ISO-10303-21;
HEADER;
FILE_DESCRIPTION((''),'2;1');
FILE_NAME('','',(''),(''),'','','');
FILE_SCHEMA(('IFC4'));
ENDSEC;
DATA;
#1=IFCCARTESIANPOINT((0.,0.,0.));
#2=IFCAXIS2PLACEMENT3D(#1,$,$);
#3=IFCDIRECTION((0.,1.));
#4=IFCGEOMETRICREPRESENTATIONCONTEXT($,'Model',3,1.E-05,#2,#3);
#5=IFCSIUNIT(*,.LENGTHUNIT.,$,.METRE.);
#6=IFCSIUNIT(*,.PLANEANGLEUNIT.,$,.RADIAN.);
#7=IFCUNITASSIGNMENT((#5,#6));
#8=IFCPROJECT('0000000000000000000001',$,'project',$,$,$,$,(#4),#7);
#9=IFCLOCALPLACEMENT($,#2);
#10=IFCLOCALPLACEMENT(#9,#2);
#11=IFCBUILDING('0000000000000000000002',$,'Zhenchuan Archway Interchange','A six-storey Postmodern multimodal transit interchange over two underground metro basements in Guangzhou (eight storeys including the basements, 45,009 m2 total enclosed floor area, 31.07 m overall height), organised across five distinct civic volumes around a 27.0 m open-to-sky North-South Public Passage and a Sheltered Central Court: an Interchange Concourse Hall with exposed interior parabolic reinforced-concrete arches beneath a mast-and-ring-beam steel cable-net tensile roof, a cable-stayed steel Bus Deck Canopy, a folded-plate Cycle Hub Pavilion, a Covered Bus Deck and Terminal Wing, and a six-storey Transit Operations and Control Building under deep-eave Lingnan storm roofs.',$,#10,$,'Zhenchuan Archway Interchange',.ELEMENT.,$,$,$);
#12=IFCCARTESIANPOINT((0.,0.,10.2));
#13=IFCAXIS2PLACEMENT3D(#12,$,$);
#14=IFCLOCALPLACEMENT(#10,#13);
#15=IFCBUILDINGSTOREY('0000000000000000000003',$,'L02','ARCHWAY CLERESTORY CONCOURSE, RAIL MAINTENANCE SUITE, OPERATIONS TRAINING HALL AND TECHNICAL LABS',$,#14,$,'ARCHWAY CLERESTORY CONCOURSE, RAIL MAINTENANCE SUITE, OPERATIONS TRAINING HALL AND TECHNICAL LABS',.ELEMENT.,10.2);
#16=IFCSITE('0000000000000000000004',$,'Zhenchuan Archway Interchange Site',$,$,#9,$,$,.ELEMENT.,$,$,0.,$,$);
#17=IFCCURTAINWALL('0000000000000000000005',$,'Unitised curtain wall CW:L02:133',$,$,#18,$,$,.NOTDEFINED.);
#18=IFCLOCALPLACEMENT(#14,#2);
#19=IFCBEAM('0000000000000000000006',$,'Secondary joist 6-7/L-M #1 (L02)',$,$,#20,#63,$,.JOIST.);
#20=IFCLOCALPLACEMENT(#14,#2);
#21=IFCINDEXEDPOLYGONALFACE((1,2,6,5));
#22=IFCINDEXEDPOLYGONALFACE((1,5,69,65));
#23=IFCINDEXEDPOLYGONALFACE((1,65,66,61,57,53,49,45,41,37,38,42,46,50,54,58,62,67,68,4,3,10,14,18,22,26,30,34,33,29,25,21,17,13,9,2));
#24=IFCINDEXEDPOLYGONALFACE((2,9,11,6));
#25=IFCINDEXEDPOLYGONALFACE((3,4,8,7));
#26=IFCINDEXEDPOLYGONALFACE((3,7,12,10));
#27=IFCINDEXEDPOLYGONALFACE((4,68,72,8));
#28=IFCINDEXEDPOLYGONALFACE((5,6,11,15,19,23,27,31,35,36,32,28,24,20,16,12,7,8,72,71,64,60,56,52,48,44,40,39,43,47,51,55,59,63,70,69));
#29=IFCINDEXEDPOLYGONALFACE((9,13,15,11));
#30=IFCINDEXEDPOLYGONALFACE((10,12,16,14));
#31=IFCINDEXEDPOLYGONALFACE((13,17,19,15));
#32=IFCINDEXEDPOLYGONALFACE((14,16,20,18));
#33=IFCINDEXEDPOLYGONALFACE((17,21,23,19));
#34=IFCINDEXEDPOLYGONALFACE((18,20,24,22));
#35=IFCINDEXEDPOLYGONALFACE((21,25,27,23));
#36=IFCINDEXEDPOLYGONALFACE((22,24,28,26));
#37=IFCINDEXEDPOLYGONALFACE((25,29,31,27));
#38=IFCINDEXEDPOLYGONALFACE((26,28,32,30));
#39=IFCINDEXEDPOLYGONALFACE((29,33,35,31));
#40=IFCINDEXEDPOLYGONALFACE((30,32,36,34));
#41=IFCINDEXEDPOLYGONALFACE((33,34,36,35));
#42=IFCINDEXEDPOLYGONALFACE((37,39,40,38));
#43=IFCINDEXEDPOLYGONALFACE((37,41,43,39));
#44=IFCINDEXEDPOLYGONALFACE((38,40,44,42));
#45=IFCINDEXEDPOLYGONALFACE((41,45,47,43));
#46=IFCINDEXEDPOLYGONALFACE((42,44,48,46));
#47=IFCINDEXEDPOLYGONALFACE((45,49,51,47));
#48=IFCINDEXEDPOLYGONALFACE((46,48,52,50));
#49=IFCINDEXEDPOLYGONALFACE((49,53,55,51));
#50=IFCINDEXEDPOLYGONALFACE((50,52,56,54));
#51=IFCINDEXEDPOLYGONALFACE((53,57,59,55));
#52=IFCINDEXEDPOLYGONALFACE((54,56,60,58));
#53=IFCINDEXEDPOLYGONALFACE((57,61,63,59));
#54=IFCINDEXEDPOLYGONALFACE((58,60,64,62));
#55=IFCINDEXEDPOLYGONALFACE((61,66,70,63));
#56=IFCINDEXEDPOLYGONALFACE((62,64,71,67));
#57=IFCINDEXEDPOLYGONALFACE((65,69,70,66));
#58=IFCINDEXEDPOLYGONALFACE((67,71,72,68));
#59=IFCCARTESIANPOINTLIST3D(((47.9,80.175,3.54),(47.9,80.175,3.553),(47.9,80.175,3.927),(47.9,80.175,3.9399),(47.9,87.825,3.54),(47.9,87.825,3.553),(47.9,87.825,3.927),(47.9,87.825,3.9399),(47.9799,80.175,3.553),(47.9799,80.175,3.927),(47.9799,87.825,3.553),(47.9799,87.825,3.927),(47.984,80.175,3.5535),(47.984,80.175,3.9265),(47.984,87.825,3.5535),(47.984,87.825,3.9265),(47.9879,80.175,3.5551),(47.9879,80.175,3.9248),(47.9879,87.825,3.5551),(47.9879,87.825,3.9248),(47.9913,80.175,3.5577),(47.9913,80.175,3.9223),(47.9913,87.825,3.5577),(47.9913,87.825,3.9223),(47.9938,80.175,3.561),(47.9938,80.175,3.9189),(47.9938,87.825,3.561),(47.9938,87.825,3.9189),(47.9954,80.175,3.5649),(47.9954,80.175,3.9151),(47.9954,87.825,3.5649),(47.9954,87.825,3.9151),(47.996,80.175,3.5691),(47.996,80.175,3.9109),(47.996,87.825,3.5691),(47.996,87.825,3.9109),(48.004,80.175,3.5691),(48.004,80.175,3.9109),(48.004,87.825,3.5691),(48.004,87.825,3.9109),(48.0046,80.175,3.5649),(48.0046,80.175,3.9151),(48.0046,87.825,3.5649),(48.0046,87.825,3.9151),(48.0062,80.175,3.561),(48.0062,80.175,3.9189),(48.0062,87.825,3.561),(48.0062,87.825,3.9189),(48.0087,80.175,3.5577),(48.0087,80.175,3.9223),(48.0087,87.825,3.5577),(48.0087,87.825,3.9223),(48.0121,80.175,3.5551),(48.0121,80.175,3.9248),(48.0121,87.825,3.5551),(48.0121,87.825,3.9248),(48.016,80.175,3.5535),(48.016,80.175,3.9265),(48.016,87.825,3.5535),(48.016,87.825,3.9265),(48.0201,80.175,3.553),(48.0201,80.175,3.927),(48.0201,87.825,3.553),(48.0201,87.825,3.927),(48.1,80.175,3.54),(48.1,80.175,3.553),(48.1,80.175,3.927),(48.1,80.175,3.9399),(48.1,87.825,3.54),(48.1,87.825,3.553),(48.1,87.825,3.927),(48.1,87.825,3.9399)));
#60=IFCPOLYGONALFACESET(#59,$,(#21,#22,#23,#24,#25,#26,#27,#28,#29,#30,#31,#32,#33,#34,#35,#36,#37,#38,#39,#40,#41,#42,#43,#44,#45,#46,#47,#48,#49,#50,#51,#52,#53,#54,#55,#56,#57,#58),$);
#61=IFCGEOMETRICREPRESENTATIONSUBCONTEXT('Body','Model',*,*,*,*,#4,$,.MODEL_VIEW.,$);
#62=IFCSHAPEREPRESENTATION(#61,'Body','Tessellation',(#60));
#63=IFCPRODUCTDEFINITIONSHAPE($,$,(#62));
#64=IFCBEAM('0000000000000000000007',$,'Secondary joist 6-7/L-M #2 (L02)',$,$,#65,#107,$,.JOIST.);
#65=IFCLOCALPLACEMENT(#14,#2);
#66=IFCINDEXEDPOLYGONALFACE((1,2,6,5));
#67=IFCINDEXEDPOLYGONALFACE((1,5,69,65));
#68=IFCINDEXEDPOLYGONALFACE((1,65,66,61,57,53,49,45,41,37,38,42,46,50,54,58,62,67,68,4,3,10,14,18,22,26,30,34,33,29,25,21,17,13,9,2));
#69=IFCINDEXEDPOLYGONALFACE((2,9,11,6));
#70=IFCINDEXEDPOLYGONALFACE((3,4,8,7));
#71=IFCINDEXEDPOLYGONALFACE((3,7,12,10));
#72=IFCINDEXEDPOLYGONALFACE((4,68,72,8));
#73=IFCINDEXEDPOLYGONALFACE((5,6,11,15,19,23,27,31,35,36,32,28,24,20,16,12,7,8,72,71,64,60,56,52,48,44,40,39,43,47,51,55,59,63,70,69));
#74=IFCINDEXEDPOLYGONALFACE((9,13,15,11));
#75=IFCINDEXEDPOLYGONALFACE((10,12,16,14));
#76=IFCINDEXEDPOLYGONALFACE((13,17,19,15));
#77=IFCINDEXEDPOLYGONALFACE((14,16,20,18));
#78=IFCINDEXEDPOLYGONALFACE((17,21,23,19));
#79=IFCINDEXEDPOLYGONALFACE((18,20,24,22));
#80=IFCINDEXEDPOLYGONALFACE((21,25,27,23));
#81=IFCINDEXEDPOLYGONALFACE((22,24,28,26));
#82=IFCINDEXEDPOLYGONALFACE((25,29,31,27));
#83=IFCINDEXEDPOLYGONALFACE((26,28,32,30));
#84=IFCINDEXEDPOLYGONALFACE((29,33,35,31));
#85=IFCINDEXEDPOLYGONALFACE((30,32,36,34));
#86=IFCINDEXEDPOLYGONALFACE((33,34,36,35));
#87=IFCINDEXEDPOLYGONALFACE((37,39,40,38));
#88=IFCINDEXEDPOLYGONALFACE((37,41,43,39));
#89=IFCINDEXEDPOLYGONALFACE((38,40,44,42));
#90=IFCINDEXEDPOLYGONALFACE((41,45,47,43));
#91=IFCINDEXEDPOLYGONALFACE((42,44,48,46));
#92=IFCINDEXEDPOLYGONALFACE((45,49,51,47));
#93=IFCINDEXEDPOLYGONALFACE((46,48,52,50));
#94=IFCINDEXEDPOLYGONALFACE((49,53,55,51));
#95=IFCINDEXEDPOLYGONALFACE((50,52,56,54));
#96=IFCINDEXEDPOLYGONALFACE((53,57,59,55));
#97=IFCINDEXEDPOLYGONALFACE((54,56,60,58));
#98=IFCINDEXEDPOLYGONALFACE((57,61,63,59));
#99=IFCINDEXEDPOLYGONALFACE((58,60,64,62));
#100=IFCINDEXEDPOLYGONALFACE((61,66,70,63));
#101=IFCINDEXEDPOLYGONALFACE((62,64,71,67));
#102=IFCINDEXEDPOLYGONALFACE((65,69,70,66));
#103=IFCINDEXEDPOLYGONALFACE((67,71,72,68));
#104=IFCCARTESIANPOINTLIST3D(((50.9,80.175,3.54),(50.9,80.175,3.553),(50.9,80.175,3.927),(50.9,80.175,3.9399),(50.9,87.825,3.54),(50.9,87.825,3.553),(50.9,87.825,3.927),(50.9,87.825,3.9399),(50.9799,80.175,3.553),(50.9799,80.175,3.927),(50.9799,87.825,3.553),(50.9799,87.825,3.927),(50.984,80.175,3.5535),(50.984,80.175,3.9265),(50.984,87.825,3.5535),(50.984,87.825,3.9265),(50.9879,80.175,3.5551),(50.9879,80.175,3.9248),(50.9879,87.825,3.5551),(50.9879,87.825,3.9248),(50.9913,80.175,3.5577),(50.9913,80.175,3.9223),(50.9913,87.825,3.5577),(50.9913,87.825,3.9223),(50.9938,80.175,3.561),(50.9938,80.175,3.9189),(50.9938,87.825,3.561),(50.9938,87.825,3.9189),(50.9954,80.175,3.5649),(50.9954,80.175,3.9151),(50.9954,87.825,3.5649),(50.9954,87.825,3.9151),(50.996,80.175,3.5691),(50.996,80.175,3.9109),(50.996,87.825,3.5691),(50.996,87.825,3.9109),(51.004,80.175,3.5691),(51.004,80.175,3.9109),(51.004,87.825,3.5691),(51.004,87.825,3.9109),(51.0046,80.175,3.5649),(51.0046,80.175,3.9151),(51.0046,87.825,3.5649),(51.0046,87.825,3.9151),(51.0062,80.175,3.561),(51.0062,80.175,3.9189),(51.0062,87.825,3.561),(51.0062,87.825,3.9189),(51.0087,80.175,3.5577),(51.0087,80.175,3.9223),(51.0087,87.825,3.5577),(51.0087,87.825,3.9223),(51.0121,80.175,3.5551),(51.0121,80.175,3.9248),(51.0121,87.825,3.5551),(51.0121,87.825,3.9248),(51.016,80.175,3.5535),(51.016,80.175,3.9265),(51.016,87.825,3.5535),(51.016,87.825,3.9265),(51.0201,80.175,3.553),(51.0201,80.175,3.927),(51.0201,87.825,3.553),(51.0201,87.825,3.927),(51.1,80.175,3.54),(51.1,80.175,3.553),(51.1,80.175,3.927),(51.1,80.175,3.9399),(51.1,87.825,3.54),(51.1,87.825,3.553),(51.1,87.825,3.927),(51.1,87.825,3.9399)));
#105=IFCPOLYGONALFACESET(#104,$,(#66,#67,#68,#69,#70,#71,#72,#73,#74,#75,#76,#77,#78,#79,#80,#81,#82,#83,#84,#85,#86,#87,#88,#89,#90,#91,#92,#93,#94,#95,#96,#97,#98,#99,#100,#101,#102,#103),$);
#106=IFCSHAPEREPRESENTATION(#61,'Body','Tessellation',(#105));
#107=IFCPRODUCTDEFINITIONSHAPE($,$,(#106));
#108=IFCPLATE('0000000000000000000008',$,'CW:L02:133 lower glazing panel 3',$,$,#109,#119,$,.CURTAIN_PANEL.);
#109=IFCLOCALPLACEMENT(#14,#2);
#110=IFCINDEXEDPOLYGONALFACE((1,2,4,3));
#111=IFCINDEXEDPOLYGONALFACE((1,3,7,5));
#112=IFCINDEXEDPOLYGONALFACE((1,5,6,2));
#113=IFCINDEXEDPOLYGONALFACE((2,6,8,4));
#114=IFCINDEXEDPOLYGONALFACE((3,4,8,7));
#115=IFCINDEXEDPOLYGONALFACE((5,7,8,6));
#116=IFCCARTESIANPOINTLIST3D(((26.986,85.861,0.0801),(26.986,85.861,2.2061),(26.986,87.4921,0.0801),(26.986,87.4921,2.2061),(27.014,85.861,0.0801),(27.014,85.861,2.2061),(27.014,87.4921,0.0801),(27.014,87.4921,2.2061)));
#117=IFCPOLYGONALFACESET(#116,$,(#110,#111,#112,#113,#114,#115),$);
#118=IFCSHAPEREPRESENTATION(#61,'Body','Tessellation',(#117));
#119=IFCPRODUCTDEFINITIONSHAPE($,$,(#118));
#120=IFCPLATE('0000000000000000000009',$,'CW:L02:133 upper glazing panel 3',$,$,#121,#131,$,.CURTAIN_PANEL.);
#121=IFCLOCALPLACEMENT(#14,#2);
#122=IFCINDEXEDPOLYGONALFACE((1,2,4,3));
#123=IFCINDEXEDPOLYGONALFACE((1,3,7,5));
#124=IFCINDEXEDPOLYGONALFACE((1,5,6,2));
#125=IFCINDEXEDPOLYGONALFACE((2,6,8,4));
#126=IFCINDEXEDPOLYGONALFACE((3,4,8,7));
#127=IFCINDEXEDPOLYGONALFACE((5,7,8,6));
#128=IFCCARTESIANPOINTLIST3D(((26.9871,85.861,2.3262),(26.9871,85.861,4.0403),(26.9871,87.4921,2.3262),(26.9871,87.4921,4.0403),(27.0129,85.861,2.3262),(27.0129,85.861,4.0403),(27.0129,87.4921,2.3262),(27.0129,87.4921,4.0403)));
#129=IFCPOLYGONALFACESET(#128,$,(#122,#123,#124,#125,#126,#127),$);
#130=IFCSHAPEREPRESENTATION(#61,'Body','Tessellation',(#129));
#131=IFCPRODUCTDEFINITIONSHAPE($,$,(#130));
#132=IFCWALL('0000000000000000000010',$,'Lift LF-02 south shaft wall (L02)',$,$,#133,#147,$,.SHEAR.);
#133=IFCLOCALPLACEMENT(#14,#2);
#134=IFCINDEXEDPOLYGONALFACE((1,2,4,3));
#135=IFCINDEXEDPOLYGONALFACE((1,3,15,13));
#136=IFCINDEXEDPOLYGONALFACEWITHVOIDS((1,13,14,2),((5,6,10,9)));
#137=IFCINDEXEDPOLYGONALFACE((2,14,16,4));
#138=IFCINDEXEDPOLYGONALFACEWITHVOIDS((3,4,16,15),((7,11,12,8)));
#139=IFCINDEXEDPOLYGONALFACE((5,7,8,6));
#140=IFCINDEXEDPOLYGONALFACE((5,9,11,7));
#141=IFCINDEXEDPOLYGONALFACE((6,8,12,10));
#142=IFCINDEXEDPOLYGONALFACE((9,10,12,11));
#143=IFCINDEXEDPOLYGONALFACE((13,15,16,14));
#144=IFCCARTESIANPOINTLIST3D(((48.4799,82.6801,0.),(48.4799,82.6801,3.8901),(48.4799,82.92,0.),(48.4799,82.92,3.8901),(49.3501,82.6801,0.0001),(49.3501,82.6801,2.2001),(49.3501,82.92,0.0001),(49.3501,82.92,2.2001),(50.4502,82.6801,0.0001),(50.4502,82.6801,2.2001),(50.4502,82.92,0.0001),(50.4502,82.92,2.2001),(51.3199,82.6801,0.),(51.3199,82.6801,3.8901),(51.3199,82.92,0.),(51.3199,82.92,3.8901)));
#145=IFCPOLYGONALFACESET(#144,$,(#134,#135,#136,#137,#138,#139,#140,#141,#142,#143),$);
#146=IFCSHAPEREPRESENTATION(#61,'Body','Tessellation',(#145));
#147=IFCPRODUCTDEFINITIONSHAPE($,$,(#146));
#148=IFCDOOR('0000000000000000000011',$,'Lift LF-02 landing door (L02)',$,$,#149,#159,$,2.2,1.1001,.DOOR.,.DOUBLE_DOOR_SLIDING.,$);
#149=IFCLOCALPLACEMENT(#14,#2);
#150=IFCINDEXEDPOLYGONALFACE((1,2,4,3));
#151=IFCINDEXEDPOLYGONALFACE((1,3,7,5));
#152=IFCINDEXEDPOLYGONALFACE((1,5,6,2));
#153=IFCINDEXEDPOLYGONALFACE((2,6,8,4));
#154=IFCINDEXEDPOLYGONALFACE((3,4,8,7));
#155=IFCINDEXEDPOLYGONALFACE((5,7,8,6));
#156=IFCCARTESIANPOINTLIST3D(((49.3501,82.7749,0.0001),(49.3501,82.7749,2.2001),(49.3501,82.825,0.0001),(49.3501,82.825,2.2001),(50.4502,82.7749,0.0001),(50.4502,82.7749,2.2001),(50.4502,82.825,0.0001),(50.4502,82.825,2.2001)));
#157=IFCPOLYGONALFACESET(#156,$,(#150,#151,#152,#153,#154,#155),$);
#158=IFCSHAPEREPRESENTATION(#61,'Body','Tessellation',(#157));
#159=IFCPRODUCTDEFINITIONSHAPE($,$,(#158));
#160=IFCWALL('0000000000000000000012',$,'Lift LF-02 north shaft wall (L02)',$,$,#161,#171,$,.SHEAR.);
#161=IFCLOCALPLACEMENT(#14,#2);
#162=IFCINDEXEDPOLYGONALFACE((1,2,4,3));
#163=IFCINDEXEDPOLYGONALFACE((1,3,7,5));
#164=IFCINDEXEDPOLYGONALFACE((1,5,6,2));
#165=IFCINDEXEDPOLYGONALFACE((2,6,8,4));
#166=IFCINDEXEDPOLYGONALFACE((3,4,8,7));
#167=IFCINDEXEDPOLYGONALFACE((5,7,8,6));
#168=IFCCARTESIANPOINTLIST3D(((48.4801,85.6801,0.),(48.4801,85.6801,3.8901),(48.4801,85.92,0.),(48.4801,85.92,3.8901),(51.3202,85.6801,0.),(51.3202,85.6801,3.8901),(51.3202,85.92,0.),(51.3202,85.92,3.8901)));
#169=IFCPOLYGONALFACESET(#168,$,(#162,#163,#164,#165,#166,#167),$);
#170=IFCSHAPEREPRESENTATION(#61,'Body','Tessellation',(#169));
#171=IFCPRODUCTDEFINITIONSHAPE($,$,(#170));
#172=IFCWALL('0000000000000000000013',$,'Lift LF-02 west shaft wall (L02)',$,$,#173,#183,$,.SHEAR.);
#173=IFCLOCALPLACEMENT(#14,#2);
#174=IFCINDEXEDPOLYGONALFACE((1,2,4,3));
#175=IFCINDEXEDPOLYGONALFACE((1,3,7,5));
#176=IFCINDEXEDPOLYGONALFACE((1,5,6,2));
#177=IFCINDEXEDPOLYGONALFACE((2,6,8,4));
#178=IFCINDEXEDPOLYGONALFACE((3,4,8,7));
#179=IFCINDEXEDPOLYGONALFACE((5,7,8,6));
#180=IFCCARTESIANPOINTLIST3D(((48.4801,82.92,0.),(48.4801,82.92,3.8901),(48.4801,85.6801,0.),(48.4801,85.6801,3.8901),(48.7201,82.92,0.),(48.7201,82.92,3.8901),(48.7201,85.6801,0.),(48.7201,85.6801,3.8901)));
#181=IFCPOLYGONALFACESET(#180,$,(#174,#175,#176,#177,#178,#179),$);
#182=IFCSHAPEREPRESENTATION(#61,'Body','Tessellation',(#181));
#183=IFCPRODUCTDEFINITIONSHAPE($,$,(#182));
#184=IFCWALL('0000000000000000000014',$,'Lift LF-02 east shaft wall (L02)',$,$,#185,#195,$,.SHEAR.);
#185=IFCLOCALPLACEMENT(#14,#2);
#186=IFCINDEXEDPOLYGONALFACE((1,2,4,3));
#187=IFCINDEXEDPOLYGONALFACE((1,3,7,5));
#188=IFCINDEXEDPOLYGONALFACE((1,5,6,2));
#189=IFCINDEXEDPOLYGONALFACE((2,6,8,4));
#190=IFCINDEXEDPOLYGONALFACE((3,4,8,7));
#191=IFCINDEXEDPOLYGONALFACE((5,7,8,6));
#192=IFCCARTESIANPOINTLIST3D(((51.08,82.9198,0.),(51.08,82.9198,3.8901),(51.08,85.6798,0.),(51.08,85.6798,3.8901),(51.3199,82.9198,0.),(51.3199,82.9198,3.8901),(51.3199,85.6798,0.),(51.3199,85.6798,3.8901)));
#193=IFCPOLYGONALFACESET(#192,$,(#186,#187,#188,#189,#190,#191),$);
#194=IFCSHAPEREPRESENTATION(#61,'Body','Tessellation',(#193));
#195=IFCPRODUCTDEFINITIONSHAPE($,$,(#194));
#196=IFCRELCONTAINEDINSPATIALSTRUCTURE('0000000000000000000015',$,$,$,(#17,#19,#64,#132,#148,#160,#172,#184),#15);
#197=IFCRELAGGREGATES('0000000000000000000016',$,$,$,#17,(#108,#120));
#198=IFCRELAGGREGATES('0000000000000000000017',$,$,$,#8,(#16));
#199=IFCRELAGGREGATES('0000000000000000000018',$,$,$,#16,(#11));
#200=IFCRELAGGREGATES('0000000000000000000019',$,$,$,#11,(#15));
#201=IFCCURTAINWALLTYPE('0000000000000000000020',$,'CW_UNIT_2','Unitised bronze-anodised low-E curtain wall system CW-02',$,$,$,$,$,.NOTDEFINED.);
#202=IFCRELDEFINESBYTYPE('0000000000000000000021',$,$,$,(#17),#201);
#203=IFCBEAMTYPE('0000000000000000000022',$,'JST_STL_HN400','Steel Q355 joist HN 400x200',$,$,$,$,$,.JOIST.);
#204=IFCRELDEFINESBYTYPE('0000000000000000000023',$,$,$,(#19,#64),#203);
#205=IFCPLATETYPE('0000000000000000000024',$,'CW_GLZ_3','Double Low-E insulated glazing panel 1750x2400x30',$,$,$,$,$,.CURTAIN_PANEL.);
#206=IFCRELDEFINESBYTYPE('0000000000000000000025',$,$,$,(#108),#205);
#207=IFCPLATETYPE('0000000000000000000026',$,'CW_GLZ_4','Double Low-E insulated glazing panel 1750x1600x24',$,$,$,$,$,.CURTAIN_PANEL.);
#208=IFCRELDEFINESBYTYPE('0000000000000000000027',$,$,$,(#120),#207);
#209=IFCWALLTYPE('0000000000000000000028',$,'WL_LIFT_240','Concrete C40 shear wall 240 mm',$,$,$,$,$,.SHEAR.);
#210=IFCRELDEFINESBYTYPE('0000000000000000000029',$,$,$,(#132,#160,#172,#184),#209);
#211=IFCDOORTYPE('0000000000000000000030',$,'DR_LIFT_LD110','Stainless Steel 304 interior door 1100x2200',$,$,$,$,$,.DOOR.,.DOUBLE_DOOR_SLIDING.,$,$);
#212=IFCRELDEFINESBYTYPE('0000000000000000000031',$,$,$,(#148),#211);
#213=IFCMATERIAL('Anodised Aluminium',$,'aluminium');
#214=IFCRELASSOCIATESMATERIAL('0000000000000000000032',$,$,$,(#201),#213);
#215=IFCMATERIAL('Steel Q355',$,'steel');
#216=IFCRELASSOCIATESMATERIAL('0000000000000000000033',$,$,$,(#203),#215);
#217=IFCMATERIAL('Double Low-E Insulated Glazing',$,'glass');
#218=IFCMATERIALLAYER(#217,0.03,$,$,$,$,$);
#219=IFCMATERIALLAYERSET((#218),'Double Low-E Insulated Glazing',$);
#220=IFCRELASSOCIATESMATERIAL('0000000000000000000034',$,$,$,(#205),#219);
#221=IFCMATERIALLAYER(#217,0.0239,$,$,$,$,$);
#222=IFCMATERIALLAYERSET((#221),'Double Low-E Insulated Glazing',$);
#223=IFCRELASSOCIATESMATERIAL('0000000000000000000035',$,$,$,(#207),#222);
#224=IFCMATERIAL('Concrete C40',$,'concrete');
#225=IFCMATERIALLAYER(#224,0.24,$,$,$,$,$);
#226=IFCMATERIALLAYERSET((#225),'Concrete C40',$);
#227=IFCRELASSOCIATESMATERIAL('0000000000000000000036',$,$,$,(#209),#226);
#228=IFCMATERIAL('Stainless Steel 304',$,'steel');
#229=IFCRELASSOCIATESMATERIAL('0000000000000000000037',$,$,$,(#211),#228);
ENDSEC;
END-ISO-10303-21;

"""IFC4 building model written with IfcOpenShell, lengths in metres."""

from ifc_helpers import new_model, si_unit, direction, frame, frame_2d, origin, origin_2d, place, context, subcontext, project, spatial, rectangle, i_section, extrude, material, layer, layer_set, material_profile, profile_set, type_object, element, fill, aggregate, save


model = new_model("IFC4")

# Units and contexts
model_context = context("Model", 3, precision=1e-05, world=origin(), true_north=direction((0.0, 1.0)))
body_context = subcontext(model_context, "Body", "Model", "MODEL_VIEW")
ifc_project = project(units=[si_unit("LENGTHUNIT", "METRE"), si_unit("PLANEANGLEUNIT", "RADIAN")], contexts=[model_context])

# Site, building, storey
site_placement = place(None, origin())
site = spatial("IfcSite", under=ifc_project, at=site_placement, Name="Zhenchuan Archway Interchange Site", CompositionType="ELEMENT", RefElevation=0.0)
building_placement = place(site_placement, origin())
building = spatial("IfcBuilding", under=site, at=building_placement, Name="Zhenchuan Archway Interchange", Description="A six-storey Postmodern multimodal transit interchange over two underground metro basements in Guangzhou (eight storeys including the basements, 45,009 m2 total enclosed floor area, 31.07 m overall height), organised across five distinct civic volumes around a 27.0 m open-to-sky North-South Public Passage and a Sheltered Central Court: an Interchange Concourse Hall with exposed interior parabolic reinforced-concrete arches beneath a mast-and-ring-beam steel cable-net tensile roof, a cable-stayed steel Bus Deck Canopy, a folded-plate Cycle Hub Pavilion, a Covered Bus Deck and Terminal Wing, and a six-storey Transit Operations and Control Building under deep-eave Lingnan storm roofs.", LongName="Zhenchuan Archway Interchange", CompositionType="ELEMENT")
storey_placement = place(building_placement, frame((0.0, 0.0, 10.2)))
storey = spatial("IfcBuildingStorey", under=building, at=storey_placement, Name="L02", Description="ARCHWAY CLERESTORY CONCOURSE, RAIL MAINTENANCE SUITE, OPERATIONS TRAINING HALL AND TECHNICAL LABS", LongName="ARCHWAY CLERESTORY CONCOURSE, RAIL MAINTENANCE SUITE, OPERATIONS TRAINING HALL AND TECHNICAL LABS", CompositionType="ELEMENT", Elevation=10.2)

# Shared definitions
ifc_material_1 = material(Name="Concrete C40", Category="concrete")

# Curtain wall
ifc_material_2 = material(Name="Anodised Aluminium", Category="aluminium")
curtain_wall_type = type_object("IfcCurtainWallType", Name="CW_UNIT_2", Description="Unitised bronze-anodised low-E curtain wall system CW-02", PredefinedType="NOTDEFINED", material=ifc_material_2)
curtain_wall_placement = place(storey_placement, origin())
curtain_wall = element("IfcCurtainWall", 1, at=curtain_wall_placement, inside=storey, type_object=curtain_wall_type, Name="Unitised curtain wall CW:L02:133", PredefinedType="NOTDEFINED")

# Beams
ifc_material_3 = material(Name="Steel Q355", Category="steel")
ifc_material_profile_1 = material_profile(ifc_material_3, i_section(OverallWidth=0.2, OverallDepth=0.3999, WebThickness=0.0081, FlangeThickness=0.0129, FilletRadius=0.0161, at=origin_2d()), Name="HN 400x200")
ifc_profile_set_1 = profile_set([ifc_material_profile_1], Name="Steel Q355")
beam_type_1 = type_object("IfcBeamType", Name="JST_STL_HN400", Description="Steel Q355 joist HN 400x200", PredefinedType="JOIST", material=ifc_profile_set_1)
for number, where, z_axis, x_axis, name in (
    (2, (48.0, 80.175, 3.74), (0.0, 1.0, 0.0), (-1.0, 0.0, 0.0), "Secondary joist 6-7/L-M #1 (L02)"),
    (3, (51.0, 80.175, 3.74), (0.0, 1.0, 0.0), (-1.0, 0.0, 0.0), "Secondary joist 6-7/L-M #2 (L02)"),
):
    element("IfcBeam", number, at=place(storey_placement, frame(where, z_axis=z_axis, x_axis=x_axis)), inside=storey, type_object=beam_type_1, Name=name, PredefinedType="JOIST", context=body_context, shape_type="SweptSolid", body=[
        extrude(i_section(OverallWidth=0.2, OverallDepth=0.3999, WebThickness=0.0081, FlangeThickness=0.0129, FilletRadius=0.0161, at=origin_2d()), origin(), (0.0, 0.0, 1.0), 7.6499),
    ])

# Plates
ifc_material_4 = material(Name="Double Low-E Insulated Glazing", Category="glass")
ifc_layer_1 = layer(ifc_material_4, 0.03)
ifc_layer_set_1 = layer_set([ifc_layer_1], Name="Double Low-E Insulated Glazing")
plate_type_1 = type_object("IfcPlateType", Name="CW_GLZ_3", Description="Double Low-E insulated glazing panel 1750x2400x30", PredefinedType="CURTAIN_PANEL", material=ifc_layer_set_1)
plate_1_placement = place(storey_placement, frame((27.0, 86.6765, 0.0801), z_axis=(0.0, 0.0, 1.0), x_axis=(0.0, 1.0, 0.0)))
plate_1 = element("IfcPlate", 4, at=plate_1_placement, type_object=plate_type_1, Name="CW:L02:133 lower glazing panel 3", PredefinedType="CURTAIN_PANEL", context=body_context, shape_type="SweptSolid", body=[
    extrude(rectangle(XDim=1.6311, YDim=0.0281, at=origin_2d()), origin(), (0.0, 0.0, 1.0), 2.126),
])
ifc_layer_2 = layer(ifc_material_4, 0.0239)
ifc_layer_set_2 = layer_set([ifc_layer_2], Name="Double Low-E Insulated Glazing")
plate_type_2 = type_object("IfcPlateType", Name="CW_GLZ_4", Description="Double Low-E insulated glazing panel 1750x1600x24", PredefinedType="CURTAIN_PANEL", material=ifc_layer_set_2)
plate_2_placement = place(storey_placement, frame((27.0, 86.6765, 2.3262), z_axis=(0.0, 0.0, 1.0), x_axis=(0.0, 1.0, 0.0)))
plate_2 = element("IfcPlate", 5, at=plate_2_placement, type_object=plate_type_2, Name="CW:L02:133 upper glazing panel 3", PredefinedType="CURTAIN_PANEL", context=body_context, shape_type="SweptSolid", body=[
    extrude(rectangle(XDim=1.6311, YDim=0.0259, at=origin_2d()), origin(), (0.0, 0.0, 1.0), 1.7141),
])
aggregate(curtain_wall, [plate_1, plate_2])

# Wall, opening, door
ifc_layer_3 = layer(ifc_material_1, 0.24)
ifc_layer_set_3 = layer_set([ifc_layer_3], Name="Concrete C40")
wall_type_1 = type_object("IfcWallType", Name="WL_LIFT_240", Description="Concrete C40 shear wall 240 mm", PredefinedType="SHEAR", material=ifc_layer_set_3)
wall_1_placement = place(storey_placement, frame((48.48, 82.8, 0.0), z_axis=(0.0, 0.0, 1.0), x_axis=(1.0, 0.0, 0.0)))
wall_1 = element("IfcWall", 6, at=wall_1_placement, inside=storey, type_object=wall_type_1, Name="Lift LF-02 south shaft wall (L02)", PredefinedType="SHEAR", context=body_context, shape_type="SweptSolid", body=[
    extrude(rectangle(XDim=2.8401, YDim=0.24, at=frame_2d((1.4199, 0.0))), origin(), (0.0, 0.0, 1.0), 3.8901),
])
opening_1_placement = place(wall_1_placement, frame((0.8701, 0.0, 0.0)))
opening_1 = element("IfcOpeningElement", 7, at=opening_1_placement, cuts=wall_1, PredefinedType="OPENING", context=body_context, shape_type="SweptSolid", body=[
    extrude(rectangle(XDim=1.1001, YDim=2.2, at=frame_2d((0.55, 1.1001))), frame((0.0, 0.1318, 0.0), z_axis=(0.0, -1.0, 0.0), x_axis=(1.0, 0.0, 0.0)), (0.0, 0.0, 1.0), 0.2639),
])
ifc_material_5 = material(Name="Stainless Steel 304", Category="steel")
door_type_1 = type_object("IfcDoorType", Name="DR_LIFT_LD110", Description="Stainless Steel 304 interior door 1100x2200", OperationType="DOUBLE_DOOR_SLIDING", PredefinedType="DOOR", material=ifc_material_5)
door_1_placement = place(opening_1_placement, origin())
door_1 = element("IfcDoor", 8, at=door_1_placement, inside=storey, type_object=door_type_1, Name="Lift LF-02 landing door (L02)", OperationType="DOUBLE_DOOR_SLIDING", OverallHeight=2.2, OverallWidth=1.1001, PredefinedType="DOOR", context=body_context, shape_type="SweptSolid", body=[
    extrude(rectangle(XDim=1.1001, YDim=2.2, at=frame_2d((0.55, 1.1001))), frame((0.0, 0.0249, 0.0), z_axis=(0.0, -1.0, 0.0), x_axis=(1.0, 0.0, 0.0)), (0.0, 0.0, 1.0), 0.05),
])
fill(opening_1, door_1)

# Walls
wall_2_placement = place(storey_placement, frame((51.3201, 85.8, 0.0), z_axis=(0.0, 0.0, 1.0), x_axis=(-1.0, 0.0, 0.0)))
element("IfcWall", 9, at=wall_2_placement, inside=storey, type_object=wall_type_1, Name="Lift LF-02 north shaft wall (L02)", PredefinedType="SHEAR", context=body_context, shape_type="SweptSolid", body=[
    extrude(rectangle(XDim=2.8401, YDim=0.24, at=frame_2d((1.4199, 0.0))), origin(), (0.0, 0.0, 1.0), 3.8901),
])
for number, where, z_axis, x_axis, name in (
    (10, (48.6001, 85.6799, 0.0), (0.0, 0.0, 1.0), (0.0, -1.0, 0.0), "Lift LF-02 west shaft wall (L02)"),
    (11, (51.2, 82.9199, 0.0), (0.0, 0.0, 1.0), (0.0, 1.0, 0.0), "Lift LF-02 east shaft wall (L02)"),
):
    element("IfcWall", number, at=place(storey_placement, frame(where, z_axis=z_axis, x_axis=x_axis)), inside=storey, type_object=wall_type_1, Name=name, PredefinedType="SHEAR", context=body_context, shape_type="SweptSolid", body=[
        extrude(rectangle(XDim=2.76, YDim=0.24, at=frame_2d((1.3799, 0.0))), origin(), (0.0, 0.0, 1.0), 3.8901),
    ])

save(model, "model.ifc")
